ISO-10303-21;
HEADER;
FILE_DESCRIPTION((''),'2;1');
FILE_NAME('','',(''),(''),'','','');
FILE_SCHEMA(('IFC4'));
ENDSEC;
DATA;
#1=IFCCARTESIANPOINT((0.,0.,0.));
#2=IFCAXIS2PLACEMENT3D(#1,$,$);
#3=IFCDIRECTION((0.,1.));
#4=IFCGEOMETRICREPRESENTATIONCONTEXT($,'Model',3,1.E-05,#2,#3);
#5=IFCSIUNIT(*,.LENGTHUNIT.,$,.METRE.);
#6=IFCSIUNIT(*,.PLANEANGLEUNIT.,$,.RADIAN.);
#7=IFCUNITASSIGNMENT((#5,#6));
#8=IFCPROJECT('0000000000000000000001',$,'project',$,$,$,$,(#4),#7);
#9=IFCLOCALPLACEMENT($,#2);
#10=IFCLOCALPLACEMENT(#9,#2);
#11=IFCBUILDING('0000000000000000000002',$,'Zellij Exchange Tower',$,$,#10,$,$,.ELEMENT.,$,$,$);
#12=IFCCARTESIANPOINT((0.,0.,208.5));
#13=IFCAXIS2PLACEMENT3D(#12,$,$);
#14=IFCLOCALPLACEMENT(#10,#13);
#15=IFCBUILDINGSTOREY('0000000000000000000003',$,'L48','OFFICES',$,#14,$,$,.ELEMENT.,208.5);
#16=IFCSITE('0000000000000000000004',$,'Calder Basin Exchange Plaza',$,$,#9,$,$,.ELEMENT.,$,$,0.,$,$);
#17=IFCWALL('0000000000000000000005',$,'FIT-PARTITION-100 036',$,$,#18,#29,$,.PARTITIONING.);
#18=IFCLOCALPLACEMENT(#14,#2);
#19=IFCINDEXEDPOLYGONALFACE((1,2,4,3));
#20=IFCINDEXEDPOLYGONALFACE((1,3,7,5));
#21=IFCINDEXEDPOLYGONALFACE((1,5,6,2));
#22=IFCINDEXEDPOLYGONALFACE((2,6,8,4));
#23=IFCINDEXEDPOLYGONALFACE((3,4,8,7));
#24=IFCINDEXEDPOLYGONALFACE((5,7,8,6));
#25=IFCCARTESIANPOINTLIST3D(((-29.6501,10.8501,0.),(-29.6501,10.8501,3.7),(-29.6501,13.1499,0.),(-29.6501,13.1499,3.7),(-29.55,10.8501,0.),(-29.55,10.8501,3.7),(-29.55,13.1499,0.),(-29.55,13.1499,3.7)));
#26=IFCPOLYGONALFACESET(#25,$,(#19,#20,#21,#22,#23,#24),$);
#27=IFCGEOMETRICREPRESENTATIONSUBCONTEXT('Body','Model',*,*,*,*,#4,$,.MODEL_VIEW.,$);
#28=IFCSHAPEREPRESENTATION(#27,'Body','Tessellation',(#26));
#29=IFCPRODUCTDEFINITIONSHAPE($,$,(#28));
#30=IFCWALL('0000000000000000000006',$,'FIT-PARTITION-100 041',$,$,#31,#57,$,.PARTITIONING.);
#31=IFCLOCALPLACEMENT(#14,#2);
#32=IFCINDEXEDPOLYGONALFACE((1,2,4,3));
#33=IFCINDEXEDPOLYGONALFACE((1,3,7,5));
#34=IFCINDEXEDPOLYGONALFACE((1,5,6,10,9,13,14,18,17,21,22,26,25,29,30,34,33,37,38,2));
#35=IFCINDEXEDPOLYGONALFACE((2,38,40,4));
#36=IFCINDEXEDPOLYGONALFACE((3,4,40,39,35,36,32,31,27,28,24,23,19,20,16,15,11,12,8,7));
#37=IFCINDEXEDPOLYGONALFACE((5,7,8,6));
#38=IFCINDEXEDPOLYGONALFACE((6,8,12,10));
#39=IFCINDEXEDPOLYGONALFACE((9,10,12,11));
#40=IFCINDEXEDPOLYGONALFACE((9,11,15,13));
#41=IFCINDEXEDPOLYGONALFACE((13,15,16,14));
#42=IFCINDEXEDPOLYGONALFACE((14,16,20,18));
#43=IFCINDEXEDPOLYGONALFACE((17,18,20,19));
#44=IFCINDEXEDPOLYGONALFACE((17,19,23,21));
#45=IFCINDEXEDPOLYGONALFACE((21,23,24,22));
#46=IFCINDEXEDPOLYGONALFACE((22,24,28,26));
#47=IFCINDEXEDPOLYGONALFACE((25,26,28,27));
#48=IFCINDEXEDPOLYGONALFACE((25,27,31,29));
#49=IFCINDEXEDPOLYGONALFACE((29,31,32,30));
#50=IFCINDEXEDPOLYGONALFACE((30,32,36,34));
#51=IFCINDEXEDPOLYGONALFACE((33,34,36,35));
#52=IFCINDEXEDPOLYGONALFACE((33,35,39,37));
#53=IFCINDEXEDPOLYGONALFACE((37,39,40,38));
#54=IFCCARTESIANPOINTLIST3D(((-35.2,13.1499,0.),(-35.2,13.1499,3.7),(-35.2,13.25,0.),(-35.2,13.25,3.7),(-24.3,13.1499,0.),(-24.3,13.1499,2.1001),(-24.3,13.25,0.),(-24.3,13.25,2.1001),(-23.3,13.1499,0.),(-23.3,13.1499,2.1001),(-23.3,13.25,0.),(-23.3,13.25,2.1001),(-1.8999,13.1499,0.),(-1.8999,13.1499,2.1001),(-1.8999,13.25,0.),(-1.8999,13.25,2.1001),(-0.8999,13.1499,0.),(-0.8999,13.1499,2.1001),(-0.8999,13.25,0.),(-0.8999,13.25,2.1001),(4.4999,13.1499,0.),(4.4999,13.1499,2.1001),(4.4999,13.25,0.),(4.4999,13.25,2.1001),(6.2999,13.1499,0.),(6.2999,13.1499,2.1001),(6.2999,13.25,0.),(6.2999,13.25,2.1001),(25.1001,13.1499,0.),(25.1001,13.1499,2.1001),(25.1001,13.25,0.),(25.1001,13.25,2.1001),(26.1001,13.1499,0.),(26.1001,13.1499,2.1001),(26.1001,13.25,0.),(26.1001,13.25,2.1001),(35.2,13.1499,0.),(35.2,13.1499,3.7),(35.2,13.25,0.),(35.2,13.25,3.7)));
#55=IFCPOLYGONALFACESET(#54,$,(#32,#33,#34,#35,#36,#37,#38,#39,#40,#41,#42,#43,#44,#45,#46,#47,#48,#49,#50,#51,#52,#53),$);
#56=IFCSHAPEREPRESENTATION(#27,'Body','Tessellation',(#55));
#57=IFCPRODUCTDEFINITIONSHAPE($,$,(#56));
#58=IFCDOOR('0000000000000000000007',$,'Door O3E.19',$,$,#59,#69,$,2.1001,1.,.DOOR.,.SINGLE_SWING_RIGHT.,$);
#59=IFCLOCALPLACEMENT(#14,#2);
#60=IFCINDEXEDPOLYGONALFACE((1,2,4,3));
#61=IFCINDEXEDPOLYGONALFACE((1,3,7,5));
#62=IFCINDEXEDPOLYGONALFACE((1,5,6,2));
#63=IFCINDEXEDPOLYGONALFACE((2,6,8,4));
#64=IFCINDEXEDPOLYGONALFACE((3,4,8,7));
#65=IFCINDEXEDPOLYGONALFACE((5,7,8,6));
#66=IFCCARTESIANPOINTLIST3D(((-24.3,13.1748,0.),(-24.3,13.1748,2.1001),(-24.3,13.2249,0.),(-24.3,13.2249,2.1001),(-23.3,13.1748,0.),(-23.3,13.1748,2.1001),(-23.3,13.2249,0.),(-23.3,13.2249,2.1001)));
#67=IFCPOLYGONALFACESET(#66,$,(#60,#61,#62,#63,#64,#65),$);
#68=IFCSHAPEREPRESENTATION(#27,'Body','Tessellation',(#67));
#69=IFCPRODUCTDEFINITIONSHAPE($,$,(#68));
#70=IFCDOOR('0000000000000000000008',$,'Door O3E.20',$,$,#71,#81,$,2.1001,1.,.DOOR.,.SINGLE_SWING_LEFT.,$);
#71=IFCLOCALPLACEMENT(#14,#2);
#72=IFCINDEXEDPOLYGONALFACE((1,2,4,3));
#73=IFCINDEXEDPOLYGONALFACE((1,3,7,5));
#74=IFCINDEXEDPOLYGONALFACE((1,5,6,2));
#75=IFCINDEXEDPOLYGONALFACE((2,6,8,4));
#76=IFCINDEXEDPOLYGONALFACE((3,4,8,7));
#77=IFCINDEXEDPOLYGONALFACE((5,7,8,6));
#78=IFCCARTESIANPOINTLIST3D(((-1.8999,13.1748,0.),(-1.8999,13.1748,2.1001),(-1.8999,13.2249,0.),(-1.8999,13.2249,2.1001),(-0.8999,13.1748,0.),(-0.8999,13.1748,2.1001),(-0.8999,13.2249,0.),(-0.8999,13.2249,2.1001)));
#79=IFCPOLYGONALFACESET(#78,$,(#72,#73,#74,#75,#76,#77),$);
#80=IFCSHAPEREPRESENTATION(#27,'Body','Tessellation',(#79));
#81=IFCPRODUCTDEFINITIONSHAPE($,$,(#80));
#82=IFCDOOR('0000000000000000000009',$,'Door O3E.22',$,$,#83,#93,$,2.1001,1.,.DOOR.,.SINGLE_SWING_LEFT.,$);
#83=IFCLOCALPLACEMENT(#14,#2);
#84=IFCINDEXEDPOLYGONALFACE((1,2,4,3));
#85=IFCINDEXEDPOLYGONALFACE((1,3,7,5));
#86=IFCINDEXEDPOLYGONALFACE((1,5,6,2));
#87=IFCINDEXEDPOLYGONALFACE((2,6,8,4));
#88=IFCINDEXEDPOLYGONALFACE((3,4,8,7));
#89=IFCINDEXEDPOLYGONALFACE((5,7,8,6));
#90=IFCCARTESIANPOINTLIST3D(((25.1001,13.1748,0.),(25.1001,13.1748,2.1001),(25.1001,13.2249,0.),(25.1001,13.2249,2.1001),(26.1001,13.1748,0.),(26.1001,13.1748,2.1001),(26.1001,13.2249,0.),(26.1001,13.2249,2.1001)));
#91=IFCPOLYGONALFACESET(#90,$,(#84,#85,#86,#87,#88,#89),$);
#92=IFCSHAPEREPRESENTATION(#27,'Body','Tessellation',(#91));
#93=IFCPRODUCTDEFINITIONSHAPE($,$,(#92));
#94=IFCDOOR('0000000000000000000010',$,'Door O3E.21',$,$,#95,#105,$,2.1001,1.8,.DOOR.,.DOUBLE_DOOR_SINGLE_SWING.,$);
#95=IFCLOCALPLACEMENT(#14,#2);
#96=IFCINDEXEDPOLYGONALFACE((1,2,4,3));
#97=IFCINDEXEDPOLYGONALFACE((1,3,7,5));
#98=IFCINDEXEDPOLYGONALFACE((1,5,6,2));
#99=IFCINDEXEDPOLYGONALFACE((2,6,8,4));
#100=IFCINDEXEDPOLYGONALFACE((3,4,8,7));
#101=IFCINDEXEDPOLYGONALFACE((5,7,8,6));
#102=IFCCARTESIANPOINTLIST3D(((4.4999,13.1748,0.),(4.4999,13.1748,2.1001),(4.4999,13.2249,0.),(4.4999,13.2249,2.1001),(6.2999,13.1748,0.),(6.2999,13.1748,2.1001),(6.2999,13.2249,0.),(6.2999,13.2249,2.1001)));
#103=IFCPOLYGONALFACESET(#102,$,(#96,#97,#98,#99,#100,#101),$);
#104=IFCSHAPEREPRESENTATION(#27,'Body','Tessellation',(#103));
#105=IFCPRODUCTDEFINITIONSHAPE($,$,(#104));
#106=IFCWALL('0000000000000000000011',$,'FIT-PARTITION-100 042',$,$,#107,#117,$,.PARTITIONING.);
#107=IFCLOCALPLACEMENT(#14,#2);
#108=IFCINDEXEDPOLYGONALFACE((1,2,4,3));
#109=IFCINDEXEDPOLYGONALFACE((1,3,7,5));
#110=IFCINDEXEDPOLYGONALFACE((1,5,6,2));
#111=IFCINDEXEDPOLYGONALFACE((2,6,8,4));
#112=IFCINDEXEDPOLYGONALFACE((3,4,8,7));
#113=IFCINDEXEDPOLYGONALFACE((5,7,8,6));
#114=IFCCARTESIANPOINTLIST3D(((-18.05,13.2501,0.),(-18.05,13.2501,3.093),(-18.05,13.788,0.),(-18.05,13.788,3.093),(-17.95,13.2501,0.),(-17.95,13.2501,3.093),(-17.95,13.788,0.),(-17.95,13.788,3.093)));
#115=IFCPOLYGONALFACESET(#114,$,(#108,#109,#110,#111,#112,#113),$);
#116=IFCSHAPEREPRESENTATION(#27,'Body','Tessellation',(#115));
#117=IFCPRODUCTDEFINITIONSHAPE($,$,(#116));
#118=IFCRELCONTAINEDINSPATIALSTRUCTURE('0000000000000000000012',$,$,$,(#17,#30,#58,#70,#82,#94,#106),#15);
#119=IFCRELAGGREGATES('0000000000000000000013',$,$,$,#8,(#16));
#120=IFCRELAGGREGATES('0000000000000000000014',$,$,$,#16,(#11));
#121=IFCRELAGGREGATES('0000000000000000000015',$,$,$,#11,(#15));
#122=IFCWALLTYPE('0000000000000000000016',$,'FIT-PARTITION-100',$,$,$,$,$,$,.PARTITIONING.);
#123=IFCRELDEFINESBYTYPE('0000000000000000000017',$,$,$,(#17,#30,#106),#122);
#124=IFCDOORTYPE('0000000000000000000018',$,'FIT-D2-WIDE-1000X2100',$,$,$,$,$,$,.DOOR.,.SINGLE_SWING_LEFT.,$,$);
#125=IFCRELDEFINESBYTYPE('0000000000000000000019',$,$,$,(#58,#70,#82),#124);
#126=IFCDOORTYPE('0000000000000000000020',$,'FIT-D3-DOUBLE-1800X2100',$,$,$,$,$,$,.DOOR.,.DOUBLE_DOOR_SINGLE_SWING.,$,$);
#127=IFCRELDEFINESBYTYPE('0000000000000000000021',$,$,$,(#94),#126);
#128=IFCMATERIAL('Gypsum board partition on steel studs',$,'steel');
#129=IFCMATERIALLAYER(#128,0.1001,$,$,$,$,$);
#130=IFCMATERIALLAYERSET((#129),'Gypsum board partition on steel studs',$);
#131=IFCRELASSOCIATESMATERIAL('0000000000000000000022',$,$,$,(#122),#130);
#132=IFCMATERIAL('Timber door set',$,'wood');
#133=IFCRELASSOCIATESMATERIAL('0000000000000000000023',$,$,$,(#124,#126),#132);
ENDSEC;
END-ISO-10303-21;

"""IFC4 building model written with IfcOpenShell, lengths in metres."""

from ifc_helpers import new_model, si_unit, direction, frame, frame_2d, origin, place, context, subcontext, project, spatial, rectangle, extrude, material, layer, layer_set, type_object, element, fill, save


model = new_model("IFC4")

# Units and contexts
model_context = context("Model", 3, precision=1e-05, world=origin(), true_north=direction((0.0, 1.0)))
body_context = subcontext(model_context, "Body", "Model", "MODEL_VIEW")
ifc_project = project(units=[si_unit("LENGTHUNIT", "METRE"), si_unit("PLANEANGLEUNIT", "RADIAN")], contexts=[model_context])

# Site, building, storey
site_placement = place(None, origin())
site = spatial("IfcSite", under=ifc_project, at=site_placement, Name="Calder Basin Exchange Plaza", CompositionType="ELEMENT", RefElevation=0.0)
building_placement = place(site_placement, origin())
building = spatial("IfcBuilding", under=site, at=building_placement, Name="Zellij Exchange Tower", CompositionType="ELEMENT")
storey_placement = place(building_placement, frame((0.0, 0.0, 208.5)))
storey = spatial("IfcBuildingStorey", under=building, at=storey_placement, Name="L48", Description="OFFICES", CompositionType="ELEMENT", Elevation=208.5)

# Shared definitions
ifc_material_1 = material(Name="Gypsum board partition on steel studs", Category="steel")
ifc_layer = layer(ifc_material_1, 0.1001)
ifc_layer_set = layer_set([ifc_layer], Name="Gypsum board partition on steel studs")
wall_type = type_object("IfcWallType", Name="FIT-PARTITION-100", PredefinedType="PARTITIONING", material=ifc_layer_set)

# Shared definitions
ifc_material_2 = material(Name="Timber door set", Category="wood")
door_type_1 = type_object("IfcDoorType", Name="FIT-D2-WIDE-1000X2100", OperationType="SINGLE_SWING_LEFT", PredefinedType="DOOR", material=ifc_material_2)

# Wall
wall_1_placement = place(storey_placement, frame((-29.6001, 10.8501, 0.0), z_axis=(0.0, 0.0, 1.0), x_axis=(0.0, 1.0, 0.0)))
element("IfcWall", 1, at=wall_1_placement, inside=storey, type_object=wall_type, Name="FIT-PARTITION-100 036", PredefinedType="PARTITIONING", context=body_context, shape_type="SweptSolid", body=[
    extrude(rectangle(XDim=2.2998, YDim=0.1001, at=frame_2d((1.1499, 0.0))), origin(), (0.0, 0.0, 1.0), 3.7),
])

# Wall, openings, doors
wall_2_placement = place(storey_placement, frame((-35.2, 13.2, 0.0), z_axis=(0.0, 0.0, 1.0), x_axis=(1.0, 0.0, 0.0)))
wall_2 = element("IfcWall", 2, at=wall_2_placement, inside=storey, type_object=wall_type, Name="FIT-PARTITION-100 041", PredefinedType="PARTITIONING", context=body_context, shape_type="SweptSolid", body=[
    extrude(rectangle(XDim=70.3999, YDim=0.1001, at=frame_2d((35.2, 0.0))), origin(), (0.0, 0.0, 1.0), 3.7),
])
opening_1_placement = place(wall_2_placement, frame((10.8999, 0.0, 0.0)))
opening_1 = element("IfcOpeningElement", 3, at=opening_1_placement, cuts=wall_2, PredefinedType="OPENING", context=body_context, shape_type="SweptSolid", body=[
    extrude(rectangle(XDim=1.0, YDim=2.1001, at=frame_2d((0.5, 1.05))), frame((0.0, 0.062, 0.0), z_axis=(0.0, -1.0, 0.0), x_axis=(1.0, 0.0, 0.0)), (0.0, 0.0, 1.0), 0.124),
])
opening_2_placement = place(wall_2_placement, frame((33.3, 0.0, 0.0)))
opening_2 = element("IfcOpeningElement", 4, at=opening_2_placement, cuts=wall_2, PredefinedType="OPENING", context=body_context, shape_type="SweptSolid", body=[
    extrude(rectangle(XDim=1.0, YDim=2.1001, at=frame_2d((0.5, 1.05))), frame((0.0, 0.062, 0.0), z_axis=(0.0, -1.0, 0.0), x_axis=(1.0, 0.0, 0.0)), (0.0, 0.0, 1.0), 0.124),
])
opening_3_placement = place(wall_2_placement, frame((39.7, 0.0, 0.0)))
opening_3 = element("IfcOpeningElement", 5, at=opening_3_placement, cuts=wall_2, PredefinedType="OPENING", context=body_context, shape_type="SweptSolid", body=[
    extrude(rectangle(XDim=1.8, YDim=2.1001, at=frame_2d((0.8999, 1.05))), frame((0.0, 0.062, 0.0), z_axis=(0.0, -1.0, 0.0), x_axis=(1.0, 0.0, 0.0)), (0.0, 0.0, 1.0), 0.124),
])
opening_4_placement = place(wall_2_placement, frame((60.3, 0.0, 0.0)))
opening_4 = element("IfcOpeningElement", 6, at=opening_4_placement, cuts=wall_2, PredefinedType="OPENING", context=body_context, shape_type="SweptSolid", body=[
    extrude(rectangle(XDim=1.0, YDim=2.1001, at=frame_2d((0.5, 1.05))), frame((0.0, 0.062, 0.0), z_axis=(0.0, -1.0, 0.0), x_axis=(1.0, 0.0, 0.0)), (0.0, 0.0, 1.0), 0.124),
])
door_1_placement = place(opening_1_placement, origin())
door_1 = element("IfcDoor", 7, at=door_1_placement, inside=storey, type_object=door_type_1, Name="Door O3E.19", OperationType="SINGLE_SWING_RIGHT", OverallHeight=2.1001, OverallWidth=1.0, PredefinedType="DOOR", context=body_context, shape_type="SweptSolid", body=[
    extrude(rectangle(XDim=1.0, YDim=2.1001, at=frame_2d((0.5, 1.05))), frame((0.0, 0.0249, 0.0), z_axis=(0.0, -1.0, 0.0), x_axis=(1.0, 0.0, 0.0)), (0.0, 0.0, 1.0), 0.05),
])
fill(opening_1, door_1)
door_2_placement = place(opening_2_placement, origin())
door_2 = element("IfcDoor", 8, at=door_2_placement, inside=storey, type_object=door_type_1, Name="Door O3E.20", OperationType="SINGLE_SWING_LEFT", OverallHeight=2.1001, OverallWidth=1.0, PredefinedType="DOOR", context=body_context, shape_type="SweptSolid", body=[
    extrude(rectangle(XDim=1.0, YDim=2.1001, at=frame_2d((0.5, 1.05))), frame((0.0, 0.0249, 0.0), z_axis=(0.0, -1.0, 0.0), x_axis=(1.0, 0.0, 0.0)), (0.0, 0.0, 1.0), 0.05),
])
fill(opening_2, door_2)
door_3_placement = place(opening_4_placement, origin())
door_3 = element("IfcDoor", 9, at=door_3_placement, inside=storey, type_object=door_type_1, Name="Door O3E.22", OperationType="SINGLE_SWING_LEFT", OverallHeight=2.1001, OverallWidth=1.0, PredefinedType="DOOR", context=body_context, shape_type="SweptSolid", body=[
    extrude(rectangle(XDim=1.0, YDim=2.1001, at=frame_2d((0.5, 1.05))), frame((0.0, 0.0249, 0.0), z_axis=(0.0, -1.0, 0.0), x_axis=(1.0, 0.0, 0.0)), (0.0, 0.0, 1.0), 0.05),
])
fill(opening_4, door_3)
door_type_2 = type_object("IfcDoorType", Name="FIT-D3-DOUBLE-1800X2100", OperationType="DOUBLE_DOOR_SINGLE_SWING", PredefinedType="DOOR", material=ifc_material_2)
door_4_placement = place(opening_3_placement, origin())
door_4 = element("IfcDoor", 10, at=door_4_placement, inside=storey, type_object=door_type_2, Name="Door O3E.21", OperationType="DOUBLE_DOOR_SINGLE_SWING", OverallHeight=2.1001, OverallWidth=1.8, PredefinedType="DOOR", context=body_context, shape_type="SweptSolid", body=[
    extrude(rectangle(XDim=1.8, YDim=2.1001, at=frame_2d((0.8999, 1.05))), frame((0.0, 0.0249, 0.0), z_axis=(0.0, -1.0, 0.0), x_axis=(1.0, 0.0, 0.0)), (0.0, 0.0, 1.0), 0.05),
])
fill(opening_3, door_4)

# Wall
wall_3_placement = place(storey_placement, frame((-18.0, 13.25, 0.0), z_axis=(0.0, 0.0, 1.0), x_axis=(0.0, 1.0, 0.0)))
element("IfcWall", 11, at=wall_3_placement, inside=storey, type_object=wall_type, Name="FIT-PARTITION-100 042", PredefinedType="PARTITIONING", context=body_context, shape_type="SweptSolid", body=[
    extrude(rectangle(XDim=0.5378, YDim=0.1001, at=frame_2d((0.269, 0.0))), origin(), (0.0, 0.0, 1.0), 3.093),
])

save(model, "model.ifc")
